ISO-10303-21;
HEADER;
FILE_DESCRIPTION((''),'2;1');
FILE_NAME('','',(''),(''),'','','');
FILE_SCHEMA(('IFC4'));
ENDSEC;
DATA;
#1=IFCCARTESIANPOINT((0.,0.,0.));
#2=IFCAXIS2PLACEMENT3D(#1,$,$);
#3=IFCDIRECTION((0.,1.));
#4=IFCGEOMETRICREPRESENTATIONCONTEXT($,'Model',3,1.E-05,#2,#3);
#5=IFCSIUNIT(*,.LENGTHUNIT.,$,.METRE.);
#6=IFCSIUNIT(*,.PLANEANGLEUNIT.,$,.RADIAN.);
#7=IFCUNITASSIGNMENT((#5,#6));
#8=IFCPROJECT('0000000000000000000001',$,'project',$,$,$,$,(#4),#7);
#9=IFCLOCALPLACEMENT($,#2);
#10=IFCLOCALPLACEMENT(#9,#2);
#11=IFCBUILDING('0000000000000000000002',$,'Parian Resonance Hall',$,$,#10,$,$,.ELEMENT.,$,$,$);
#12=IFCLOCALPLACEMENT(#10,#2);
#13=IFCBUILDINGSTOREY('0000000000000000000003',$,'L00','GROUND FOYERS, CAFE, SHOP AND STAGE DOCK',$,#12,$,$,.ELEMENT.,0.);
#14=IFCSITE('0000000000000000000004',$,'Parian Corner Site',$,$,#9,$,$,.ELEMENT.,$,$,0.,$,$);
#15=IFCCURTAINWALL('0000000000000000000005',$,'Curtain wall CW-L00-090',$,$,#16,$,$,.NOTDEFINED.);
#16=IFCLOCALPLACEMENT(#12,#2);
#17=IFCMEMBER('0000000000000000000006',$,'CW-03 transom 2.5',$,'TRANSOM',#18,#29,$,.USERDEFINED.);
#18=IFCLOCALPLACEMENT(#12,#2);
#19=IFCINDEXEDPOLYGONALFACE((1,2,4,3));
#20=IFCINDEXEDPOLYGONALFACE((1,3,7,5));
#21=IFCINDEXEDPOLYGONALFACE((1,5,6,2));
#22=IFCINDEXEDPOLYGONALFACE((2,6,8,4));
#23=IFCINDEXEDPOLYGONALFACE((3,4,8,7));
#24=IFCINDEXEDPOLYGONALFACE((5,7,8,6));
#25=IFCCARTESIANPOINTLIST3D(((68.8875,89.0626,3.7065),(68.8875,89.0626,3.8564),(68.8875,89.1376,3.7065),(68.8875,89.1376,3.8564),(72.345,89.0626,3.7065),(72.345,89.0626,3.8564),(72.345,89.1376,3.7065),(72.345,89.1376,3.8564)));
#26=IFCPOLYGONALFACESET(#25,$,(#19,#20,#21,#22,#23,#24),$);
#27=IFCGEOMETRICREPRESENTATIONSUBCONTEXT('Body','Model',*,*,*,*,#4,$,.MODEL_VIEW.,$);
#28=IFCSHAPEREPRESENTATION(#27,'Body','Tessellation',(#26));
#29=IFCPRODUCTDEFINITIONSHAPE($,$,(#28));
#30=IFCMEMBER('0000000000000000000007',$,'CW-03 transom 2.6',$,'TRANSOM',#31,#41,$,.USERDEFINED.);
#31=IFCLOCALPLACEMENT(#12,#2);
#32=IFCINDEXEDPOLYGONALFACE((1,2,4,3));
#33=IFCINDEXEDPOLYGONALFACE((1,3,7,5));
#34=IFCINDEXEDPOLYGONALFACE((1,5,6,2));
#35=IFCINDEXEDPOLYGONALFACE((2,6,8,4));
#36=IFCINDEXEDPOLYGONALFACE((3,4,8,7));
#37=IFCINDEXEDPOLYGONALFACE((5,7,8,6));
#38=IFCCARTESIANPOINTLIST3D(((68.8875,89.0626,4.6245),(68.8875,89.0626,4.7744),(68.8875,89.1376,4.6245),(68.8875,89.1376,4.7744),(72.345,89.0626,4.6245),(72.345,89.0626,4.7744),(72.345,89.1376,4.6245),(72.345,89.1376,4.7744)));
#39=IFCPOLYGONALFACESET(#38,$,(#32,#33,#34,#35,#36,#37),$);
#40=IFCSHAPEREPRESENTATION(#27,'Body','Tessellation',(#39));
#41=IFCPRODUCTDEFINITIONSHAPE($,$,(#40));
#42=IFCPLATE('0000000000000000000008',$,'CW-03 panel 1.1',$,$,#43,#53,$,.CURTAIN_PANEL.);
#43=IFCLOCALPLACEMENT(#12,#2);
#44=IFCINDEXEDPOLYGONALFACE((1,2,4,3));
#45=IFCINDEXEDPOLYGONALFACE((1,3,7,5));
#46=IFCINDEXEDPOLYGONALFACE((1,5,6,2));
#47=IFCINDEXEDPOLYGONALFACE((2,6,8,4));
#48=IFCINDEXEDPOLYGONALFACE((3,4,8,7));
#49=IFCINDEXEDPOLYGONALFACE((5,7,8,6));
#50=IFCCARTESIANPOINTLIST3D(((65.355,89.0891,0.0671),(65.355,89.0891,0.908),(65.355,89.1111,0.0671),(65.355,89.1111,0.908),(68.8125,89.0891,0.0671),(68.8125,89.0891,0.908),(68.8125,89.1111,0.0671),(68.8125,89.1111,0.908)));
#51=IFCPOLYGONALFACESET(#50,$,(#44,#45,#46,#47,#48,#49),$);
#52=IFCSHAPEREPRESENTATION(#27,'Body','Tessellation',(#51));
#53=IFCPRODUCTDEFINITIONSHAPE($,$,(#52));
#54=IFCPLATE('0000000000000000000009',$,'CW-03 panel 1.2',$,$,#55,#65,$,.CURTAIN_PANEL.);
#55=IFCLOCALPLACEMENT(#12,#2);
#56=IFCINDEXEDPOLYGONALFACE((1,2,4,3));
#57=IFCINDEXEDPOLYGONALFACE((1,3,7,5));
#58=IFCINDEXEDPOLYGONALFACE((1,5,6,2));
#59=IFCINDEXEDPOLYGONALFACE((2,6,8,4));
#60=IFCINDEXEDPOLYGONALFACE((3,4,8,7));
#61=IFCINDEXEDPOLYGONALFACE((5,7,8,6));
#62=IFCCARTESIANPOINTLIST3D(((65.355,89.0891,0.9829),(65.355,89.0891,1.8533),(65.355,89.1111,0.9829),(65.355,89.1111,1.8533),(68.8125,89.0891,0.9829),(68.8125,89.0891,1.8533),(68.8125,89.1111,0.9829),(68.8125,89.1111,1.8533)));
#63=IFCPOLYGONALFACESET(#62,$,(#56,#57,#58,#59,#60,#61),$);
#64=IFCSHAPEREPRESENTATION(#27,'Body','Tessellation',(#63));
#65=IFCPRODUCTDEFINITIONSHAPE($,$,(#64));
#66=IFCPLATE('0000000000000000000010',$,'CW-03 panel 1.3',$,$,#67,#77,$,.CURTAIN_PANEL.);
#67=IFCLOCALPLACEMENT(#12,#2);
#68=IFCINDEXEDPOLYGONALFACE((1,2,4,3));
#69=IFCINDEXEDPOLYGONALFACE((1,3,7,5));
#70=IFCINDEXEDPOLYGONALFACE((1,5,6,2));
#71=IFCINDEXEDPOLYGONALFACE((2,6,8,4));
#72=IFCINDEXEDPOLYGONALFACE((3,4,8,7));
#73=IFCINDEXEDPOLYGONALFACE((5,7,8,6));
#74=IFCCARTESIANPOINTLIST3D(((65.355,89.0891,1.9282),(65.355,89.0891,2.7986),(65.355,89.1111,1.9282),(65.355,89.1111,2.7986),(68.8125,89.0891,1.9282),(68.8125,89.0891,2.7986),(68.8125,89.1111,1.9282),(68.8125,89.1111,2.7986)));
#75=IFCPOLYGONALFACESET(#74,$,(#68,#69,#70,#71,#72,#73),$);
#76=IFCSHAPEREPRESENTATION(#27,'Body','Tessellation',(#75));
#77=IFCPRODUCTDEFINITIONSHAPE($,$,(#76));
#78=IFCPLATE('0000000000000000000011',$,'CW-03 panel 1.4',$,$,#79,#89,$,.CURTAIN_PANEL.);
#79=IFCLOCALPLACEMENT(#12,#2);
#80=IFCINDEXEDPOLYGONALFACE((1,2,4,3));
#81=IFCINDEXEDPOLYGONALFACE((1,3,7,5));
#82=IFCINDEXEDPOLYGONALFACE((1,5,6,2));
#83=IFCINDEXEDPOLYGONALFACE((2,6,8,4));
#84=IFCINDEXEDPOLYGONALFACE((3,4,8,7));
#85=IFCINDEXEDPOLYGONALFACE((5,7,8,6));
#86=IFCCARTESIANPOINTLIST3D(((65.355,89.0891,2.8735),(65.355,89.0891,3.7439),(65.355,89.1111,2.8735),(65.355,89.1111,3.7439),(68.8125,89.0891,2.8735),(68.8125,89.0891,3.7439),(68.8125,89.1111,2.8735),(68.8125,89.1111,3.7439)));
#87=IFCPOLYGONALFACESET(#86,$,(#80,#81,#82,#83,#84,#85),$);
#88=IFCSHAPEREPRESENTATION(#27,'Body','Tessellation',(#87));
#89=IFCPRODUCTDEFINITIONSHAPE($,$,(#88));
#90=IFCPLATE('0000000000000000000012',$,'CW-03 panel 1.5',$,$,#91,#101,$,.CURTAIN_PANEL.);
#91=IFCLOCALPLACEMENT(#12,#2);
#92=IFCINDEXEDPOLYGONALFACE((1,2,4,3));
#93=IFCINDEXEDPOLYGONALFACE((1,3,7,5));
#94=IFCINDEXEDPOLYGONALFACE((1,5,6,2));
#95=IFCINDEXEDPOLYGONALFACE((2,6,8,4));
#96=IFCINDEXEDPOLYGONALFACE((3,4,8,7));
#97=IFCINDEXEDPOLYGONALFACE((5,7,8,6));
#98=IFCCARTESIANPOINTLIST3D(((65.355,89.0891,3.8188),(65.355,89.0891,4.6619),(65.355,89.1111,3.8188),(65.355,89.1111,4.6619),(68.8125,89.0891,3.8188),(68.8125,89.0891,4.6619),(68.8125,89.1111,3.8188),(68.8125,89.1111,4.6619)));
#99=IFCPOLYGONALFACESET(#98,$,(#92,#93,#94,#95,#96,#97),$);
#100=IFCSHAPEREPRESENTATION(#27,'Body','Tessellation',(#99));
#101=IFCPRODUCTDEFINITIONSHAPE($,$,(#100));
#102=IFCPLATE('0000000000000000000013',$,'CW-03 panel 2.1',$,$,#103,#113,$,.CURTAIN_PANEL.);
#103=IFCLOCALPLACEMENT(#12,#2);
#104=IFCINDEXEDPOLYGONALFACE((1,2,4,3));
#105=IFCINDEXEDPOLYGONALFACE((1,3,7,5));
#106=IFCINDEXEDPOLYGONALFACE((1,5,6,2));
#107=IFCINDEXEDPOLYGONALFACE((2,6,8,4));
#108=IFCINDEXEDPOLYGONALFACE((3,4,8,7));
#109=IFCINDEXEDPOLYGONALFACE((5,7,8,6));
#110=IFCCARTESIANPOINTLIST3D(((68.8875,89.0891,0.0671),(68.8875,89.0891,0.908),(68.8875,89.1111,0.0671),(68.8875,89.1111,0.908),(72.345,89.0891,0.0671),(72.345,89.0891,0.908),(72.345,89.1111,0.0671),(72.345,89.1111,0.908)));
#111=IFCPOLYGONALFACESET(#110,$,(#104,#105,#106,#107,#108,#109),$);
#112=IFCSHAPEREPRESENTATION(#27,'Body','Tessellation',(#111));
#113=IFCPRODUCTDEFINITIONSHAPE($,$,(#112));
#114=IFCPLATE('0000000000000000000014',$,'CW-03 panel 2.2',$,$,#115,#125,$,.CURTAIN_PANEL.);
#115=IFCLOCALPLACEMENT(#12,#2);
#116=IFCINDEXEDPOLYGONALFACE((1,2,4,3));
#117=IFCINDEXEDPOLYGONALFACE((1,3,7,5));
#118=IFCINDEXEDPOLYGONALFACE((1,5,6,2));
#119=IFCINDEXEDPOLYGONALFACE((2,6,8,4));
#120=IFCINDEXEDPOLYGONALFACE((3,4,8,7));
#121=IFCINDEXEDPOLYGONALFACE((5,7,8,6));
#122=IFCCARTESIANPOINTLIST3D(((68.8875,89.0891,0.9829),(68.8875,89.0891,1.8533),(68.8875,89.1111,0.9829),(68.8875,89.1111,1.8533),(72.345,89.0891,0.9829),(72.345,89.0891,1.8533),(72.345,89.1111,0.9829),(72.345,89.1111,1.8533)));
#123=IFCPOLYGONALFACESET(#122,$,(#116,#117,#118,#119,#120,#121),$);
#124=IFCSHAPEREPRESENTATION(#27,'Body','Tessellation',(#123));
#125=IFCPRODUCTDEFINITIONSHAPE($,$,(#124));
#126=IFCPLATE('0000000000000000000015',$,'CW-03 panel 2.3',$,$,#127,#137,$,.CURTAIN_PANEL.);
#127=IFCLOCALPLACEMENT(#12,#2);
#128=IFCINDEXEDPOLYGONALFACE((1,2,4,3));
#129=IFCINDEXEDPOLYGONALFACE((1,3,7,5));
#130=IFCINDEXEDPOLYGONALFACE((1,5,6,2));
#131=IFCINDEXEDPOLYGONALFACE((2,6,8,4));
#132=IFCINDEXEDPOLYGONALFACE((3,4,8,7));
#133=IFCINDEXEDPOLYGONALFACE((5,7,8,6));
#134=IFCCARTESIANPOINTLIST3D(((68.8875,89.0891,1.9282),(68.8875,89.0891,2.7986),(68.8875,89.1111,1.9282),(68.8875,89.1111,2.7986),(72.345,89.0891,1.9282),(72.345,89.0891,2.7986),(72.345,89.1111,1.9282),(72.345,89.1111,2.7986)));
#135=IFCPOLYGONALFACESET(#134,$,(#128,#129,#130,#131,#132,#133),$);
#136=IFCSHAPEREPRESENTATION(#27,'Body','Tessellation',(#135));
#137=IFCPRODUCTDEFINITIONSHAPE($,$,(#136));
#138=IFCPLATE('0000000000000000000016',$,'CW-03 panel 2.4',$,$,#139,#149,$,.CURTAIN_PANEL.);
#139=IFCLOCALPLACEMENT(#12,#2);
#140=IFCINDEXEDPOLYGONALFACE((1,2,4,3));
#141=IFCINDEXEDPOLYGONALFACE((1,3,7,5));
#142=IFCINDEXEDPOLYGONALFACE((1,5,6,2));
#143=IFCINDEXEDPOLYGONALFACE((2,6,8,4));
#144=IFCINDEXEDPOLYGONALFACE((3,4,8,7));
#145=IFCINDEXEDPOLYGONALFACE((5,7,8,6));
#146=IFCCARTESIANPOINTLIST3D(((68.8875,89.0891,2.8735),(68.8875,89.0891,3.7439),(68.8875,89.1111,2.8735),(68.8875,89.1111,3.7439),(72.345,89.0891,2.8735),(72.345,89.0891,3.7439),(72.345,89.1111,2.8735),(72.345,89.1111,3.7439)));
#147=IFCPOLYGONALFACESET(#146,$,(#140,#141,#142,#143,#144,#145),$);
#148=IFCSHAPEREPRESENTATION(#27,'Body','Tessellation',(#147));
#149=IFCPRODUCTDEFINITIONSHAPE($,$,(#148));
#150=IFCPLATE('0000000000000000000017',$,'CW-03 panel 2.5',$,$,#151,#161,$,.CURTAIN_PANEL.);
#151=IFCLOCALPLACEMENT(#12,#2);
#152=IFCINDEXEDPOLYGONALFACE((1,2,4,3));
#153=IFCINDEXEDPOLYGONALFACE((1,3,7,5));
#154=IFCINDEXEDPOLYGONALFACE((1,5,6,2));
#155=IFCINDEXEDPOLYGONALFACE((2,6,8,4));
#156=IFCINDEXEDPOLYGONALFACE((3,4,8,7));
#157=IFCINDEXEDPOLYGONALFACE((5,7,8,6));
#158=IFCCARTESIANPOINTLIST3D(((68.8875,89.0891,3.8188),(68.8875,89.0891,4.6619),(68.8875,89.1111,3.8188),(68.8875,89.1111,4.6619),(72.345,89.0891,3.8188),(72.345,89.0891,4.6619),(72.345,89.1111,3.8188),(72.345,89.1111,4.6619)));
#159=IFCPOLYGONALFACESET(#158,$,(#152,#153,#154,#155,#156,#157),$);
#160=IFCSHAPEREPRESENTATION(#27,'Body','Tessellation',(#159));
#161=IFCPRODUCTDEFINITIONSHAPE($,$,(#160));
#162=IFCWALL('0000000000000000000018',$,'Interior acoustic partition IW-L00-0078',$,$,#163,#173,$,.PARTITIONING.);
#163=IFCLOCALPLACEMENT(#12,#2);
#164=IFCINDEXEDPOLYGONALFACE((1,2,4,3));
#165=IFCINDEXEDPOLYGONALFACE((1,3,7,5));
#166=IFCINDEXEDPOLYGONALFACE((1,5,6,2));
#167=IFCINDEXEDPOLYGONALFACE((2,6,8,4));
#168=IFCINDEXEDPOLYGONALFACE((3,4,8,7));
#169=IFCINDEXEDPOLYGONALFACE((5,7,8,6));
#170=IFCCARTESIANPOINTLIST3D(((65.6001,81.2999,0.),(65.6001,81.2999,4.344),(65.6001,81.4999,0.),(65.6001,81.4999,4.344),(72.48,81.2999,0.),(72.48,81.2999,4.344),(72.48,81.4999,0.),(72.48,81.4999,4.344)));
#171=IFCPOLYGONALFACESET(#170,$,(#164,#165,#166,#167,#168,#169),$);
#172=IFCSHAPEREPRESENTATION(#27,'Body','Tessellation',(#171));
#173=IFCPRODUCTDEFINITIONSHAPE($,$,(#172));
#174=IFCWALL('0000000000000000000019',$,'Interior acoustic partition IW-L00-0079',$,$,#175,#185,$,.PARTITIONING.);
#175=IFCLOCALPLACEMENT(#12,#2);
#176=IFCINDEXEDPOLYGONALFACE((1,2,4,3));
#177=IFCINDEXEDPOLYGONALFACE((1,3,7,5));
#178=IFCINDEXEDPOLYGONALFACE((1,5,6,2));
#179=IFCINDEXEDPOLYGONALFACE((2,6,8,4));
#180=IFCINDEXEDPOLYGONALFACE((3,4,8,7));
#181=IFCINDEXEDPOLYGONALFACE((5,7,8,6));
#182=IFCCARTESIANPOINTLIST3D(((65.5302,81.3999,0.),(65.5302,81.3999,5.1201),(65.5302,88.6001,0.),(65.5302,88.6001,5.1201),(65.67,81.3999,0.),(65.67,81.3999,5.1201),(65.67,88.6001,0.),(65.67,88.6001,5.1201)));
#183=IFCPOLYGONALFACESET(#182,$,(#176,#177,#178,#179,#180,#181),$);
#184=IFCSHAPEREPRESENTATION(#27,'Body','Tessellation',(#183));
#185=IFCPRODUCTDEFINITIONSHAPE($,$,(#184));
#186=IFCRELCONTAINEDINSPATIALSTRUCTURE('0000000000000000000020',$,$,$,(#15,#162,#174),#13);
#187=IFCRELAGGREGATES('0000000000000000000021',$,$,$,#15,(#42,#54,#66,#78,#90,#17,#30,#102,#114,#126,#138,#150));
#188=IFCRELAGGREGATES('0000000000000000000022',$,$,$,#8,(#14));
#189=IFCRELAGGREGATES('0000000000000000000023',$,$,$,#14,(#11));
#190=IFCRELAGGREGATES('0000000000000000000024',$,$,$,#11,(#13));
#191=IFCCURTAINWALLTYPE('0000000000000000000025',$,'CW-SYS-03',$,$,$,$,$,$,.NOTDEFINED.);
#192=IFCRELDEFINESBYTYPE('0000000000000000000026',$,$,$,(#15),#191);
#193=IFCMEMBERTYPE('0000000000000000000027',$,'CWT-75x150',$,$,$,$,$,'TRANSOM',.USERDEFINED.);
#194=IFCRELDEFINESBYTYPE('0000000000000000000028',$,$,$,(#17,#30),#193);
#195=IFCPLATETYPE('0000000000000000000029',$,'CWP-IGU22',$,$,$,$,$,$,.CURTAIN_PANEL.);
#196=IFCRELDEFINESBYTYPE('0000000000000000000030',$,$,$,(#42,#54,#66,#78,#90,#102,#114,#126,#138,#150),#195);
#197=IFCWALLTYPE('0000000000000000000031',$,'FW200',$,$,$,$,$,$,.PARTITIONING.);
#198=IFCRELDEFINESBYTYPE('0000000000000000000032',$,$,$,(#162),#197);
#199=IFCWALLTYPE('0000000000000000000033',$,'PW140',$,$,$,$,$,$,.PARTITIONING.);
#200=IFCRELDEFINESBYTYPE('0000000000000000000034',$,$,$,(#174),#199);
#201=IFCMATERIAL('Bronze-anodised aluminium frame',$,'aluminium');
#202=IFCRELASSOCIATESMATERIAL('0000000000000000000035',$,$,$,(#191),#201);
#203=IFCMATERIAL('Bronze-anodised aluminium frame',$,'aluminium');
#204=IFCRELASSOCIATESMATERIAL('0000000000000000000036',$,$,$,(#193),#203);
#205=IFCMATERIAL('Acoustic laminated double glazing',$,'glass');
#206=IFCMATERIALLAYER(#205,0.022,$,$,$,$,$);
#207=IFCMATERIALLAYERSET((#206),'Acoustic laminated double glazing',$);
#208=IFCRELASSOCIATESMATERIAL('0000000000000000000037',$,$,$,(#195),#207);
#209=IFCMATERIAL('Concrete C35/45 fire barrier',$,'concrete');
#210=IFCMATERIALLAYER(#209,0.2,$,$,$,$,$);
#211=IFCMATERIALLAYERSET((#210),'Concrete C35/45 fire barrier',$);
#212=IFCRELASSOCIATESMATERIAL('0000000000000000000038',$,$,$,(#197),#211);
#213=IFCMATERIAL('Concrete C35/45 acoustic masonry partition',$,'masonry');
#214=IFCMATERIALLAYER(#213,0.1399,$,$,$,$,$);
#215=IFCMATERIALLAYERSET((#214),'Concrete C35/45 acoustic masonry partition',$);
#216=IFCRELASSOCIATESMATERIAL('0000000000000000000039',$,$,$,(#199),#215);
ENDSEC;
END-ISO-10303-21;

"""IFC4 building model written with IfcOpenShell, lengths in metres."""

from ifc_helpers import new_model, si_unit, direction, frame, frame_2d, origin, origin_2d, place, context, subcontext, project, spatial, rectangle, extrude, material, layer, layer_set, material_profile, profile_set, type_object, element, aggregate, save


model = new_model("IFC4")

# Units and contexts
model_context = context("Model", 3, precision=1e-05, world=origin(), true_north=direction((0.0, 1.0)))
body_context = subcontext(model_context, "Body", "Model", "MODEL_VIEW")
ifc_project = project(units=[si_unit("LENGTHUNIT", "METRE"), si_unit("PLANEANGLEUNIT", "RADIAN")], contexts=[model_context])

# Site, building, storey
site_placement = place(None, origin())
site = spatial("IfcSite", under=ifc_project, at=site_placement, Name="Parian Corner Site", CompositionType="ELEMENT", RefElevation=0.0)
building_placement = place(site_placement, origin())
building = spatial("IfcBuilding", under=site, at=building_placement, Name="Parian Resonance Hall", CompositionType="ELEMENT")
storey_placement = place(building_placement, origin())
storey = spatial("IfcBuildingStorey", under=building, at=storey_placement, Name="L00", Description="GROUND FOYERS, CAFE, SHOP AND STAGE DOCK", CompositionType="ELEMENT", Elevation=0.0)

# Curtain wall, members, plates
ifc_material_1 = material(Name="Bronze-anodised aluminium frame", Category="aluminium")
curtain_wall_type = type_object("IfcCurtainWallType", Name="CW-SYS-03", PredefinedType="NOTDEFINED", material=ifc_material_1)
curtain_wall_placement = place(storey_placement, origin())
curtain_wall = element("IfcCurtainWall", 1, at=curtain_wall_placement, inside=storey, type_object=curtain_wall_type, Name="Curtain wall CW-L00-090", PredefinedType="NOTDEFINED")
ifc_material_2 = material(Name="Bronze-anodised aluminium frame", Category="aluminium")
ifc_material_profile_1 = material_profile(ifc_material_2, rectangle(XDim=0.075, YDim=0.1499, at=origin_2d()), Name="CWT-75x150")
ifc_profile_set_1 = profile_set([ifc_material_profile_1], Name="Bronze-anodised aluminium frame")
member_type_1 = type_object("IfcMemberType", Name="CWT-75x150", ElementType="TRANSOM", PredefinedType="USERDEFINED", material=ifc_profile_set_1)
member_1_placement = place(storey_placement, frame((68.8875, 89.1001, 3.7815), z_axis=(1.0, 0.0, 0.0), x_axis=(0.0, 1.0, 0.0)))
member_1 = element("IfcMember", 2, at=member_1_placement, type_object=member_type_1, Name="CW-03 transom 2.5", ObjectType="TRANSOM", PredefinedType="USERDEFINED", context=body_context, shape_type="SweptSolid", body=[
    extrude(rectangle(XDim=0.075, YDim=0.1499, at=origin_2d()), origin(), (0.0, 0.0, 1.0), 3.4575),
])
member_2_placement = place(storey_placement, frame((68.8875, 89.1001, 4.6995), z_axis=(1.0, 0.0, 0.0), x_axis=(0.0, 1.0, 0.0)))
member_2 = element("IfcMember", 3, at=member_2_placement, type_object=member_type_1, Name="CW-03 transom 2.6", ObjectType="TRANSOM", PredefinedType="USERDEFINED", context=body_context, shape_type="SweptSolid", body=[
    extrude(rectangle(XDim=0.075, YDim=0.1499, at=origin_2d()), origin(), (0.0, 0.0, 1.0), 3.4575),
])
ifc_material_3 = material(Name="Acoustic laminated double glazing", Category="glass")
ifc_layer_1 = layer(ifc_material_3, 0.022)
ifc_layer_set_1 = layer_set([ifc_layer_1], Name="Acoustic laminated double glazing")
plate_type = type_object("IfcPlateType", Name="CWP-IGU22", PredefinedType="CURTAIN_PANEL", material=ifc_layer_set_1)
plate_1_placement = place(storey_placement, frame((67.0837, 89.1001, 0.0671), z_axis=(0.0, 0.0, 1.0), x_axis=(1.0, 0.0, 0.0)))
plate_1 = element("IfcPlate", 4, at=plate_1_placement, type_object=plate_type, Name="CW-03 panel 1.1", PredefinedType="CURTAIN_PANEL", context=body_context, shape_type="SweptSolid", body=[
    extrude(rectangle(XDim=3.4575, YDim=0.022, at=origin_2d()), origin(), (0.0, 0.0, 1.0), 0.8408),
])
plate_2_placement = place(storey_placement, frame((67.0837, 89.1001, 0.9829), z_axis=(0.0, 0.0, 1.0), x_axis=(1.0, 0.0, 0.0)))
plate_2 = element("IfcPlate", 5, at=plate_2_placement, type_object=plate_type, Name="CW-03 panel 1.2", PredefinedType="CURTAIN_PANEL", context=body_context, shape_type="SweptSolid", body=[
    extrude(rectangle(XDim=3.4575, YDim=0.022, at=origin_2d()), origin(), (0.0, 0.0, 1.0), 0.8704),
])
plate_3_placement = place(storey_placement, frame((67.0837, 89.1001, 1.9282), z_axis=(0.0, 0.0, 1.0), x_axis=(1.0, 0.0, 0.0)))
plate_3 = element("IfcPlate", 6, at=plate_3_placement, type_object=plate_type, Name="CW-03 panel 1.3", PredefinedType="CURTAIN_PANEL", context=body_context, shape_type="SweptSolid", body=[
    extrude(rectangle(XDim=3.4575, YDim=0.022, at=origin_2d()), origin(), (0.0, 0.0, 1.0), 0.8704),
])
plate_4_placement = place(storey_placement, frame((67.0837, 89.1001, 2.8735), z_axis=(0.0, 0.0, 1.0), x_axis=(1.0, 0.0, 0.0)))
plate_4 = element("IfcPlate", 7, at=plate_4_placement, type_object=plate_type, Name="CW-03 panel 1.4", PredefinedType="CURTAIN_PANEL", context=body_context, shape_type="SweptSolid", body=[
    extrude(rectangle(XDim=3.4575, YDim=0.022, at=origin_2d()), origin(), (0.0, 0.0, 1.0), 0.8704),
])
plate_5_placement = place(storey_placement, frame((67.0837, 89.1001, 3.8188), z_axis=(0.0, 0.0, 1.0), x_axis=(1.0, 0.0, 0.0)))
plate_5 = element("IfcPlate", 8, at=plate_5_placement, type_object=plate_type, Name="CW-03 panel 1.5", PredefinedType="CURTAIN_PANEL", context=body_context, shape_type="SweptSolid", body=[
    extrude(rectangle(XDim=3.4575, YDim=0.022, at=origin_2d()), origin(), (0.0, 0.0, 1.0), 0.843),
])
plate_6_placement = place(storey_placement, frame((70.6162, 89.1001, 0.0671), z_axis=(0.0, 0.0, 1.0), x_axis=(1.0, 0.0, 0.0)))
plate_6 = element("IfcPlate", 9, at=plate_6_placement, type_object=plate_type, Name="CW-03 panel 2.1", PredefinedType="CURTAIN_PANEL", context=body_context, shape_type="SweptSolid", body=[
    extrude(rectangle(XDim=3.4575, YDim=0.022, at=origin_2d()), origin(), (0.0, 0.0, 1.0), 0.8408),
])
plate_7_placement = place(storey_placement, frame((70.6162, 89.1001, 0.9829), z_axis=(0.0, 0.0, 1.0), x_axis=(1.0, 0.0, 0.0)))
plate_7 = element("IfcPlate", 10, at=plate_7_placement, type_object=plate_type, Name="CW-03 panel 2.2", PredefinedType="CURTAIN_PANEL", context=body_context, shape_type="SweptSolid", body=[
    extrude(rectangle(XDim=3.4575, YDim=0.022, at=origin_2d()), origin(), (0.0, 0.0, 1.0), 0.8704),
])
plate_8_placement = place(storey_placement, frame((70.6162, 89.1001, 1.9282), z_axis=(0.0, 0.0, 1.0), x_axis=(1.0, 0.0, 0.0)))
plate_8 = element("IfcPlate", 11, at=plate_8_placement, type_object=plate_type, Name="CW-03 panel 2.3", PredefinedType="CURTAIN_PANEL", context=body_context, shape_type="SweptSolid", body=[
    extrude(rectangle(XDim=3.4575, YDim=0.022, at=origin_2d()), origin(), (0.0, 0.0, 1.0), 0.8704),
])
plate_9_placement = place(storey_placement, frame((70.6162, 89.1001, 2.8735), z_axis=(0.0, 0.0, 1.0), x_axis=(1.0, 0.0, 0.0)))
plate_9 = element("IfcPlate", 12, at=plate_9_placement, type_object=plate_type, Name="CW-03 panel 2.4", PredefinedType="CURTAIN_PANEL", context=body_context, shape_type="SweptSolid", body=[
    extrude(rectangle(XDim=3.4575, YDim=0.022, at=origin_2d()), origin(), (0.0, 0.0, 1.0), 0.8704),
])
plate_10_placement = place(storey_placement, frame((70.6162, 89.1001, 3.8188), z_axis=(0.0, 0.0, 1.0), x_axis=(1.0, 0.0, 0.0)))
plate_10 = element("IfcPlate", 13, at=plate_10_placement, type_object=plate_type, Name="CW-03 panel 2.5", PredefinedType="CURTAIN_PANEL", context=body_context, shape_type="SweptSolid", body=[
    extrude(rectangle(XDim=3.4575, YDim=0.022, at=origin_2d()), origin(), (0.0, 0.0, 1.0), 0.843),
])
aggregate(curtain_wall, [plate_1, plate_2, plate_3, plate_4, plate_5, member_1, member_2, plate_6, plate_7, plate_8, plate_9, plate_10])

# Walls
ifc_material_4 = material(Name="Concrete C35/45 fire barrier", Category="concrete")
ifc_layer_2 = layer(ifc_material_4, 0.2)
ifc_layer_set_2 = layer_set([ifc_layer_2], Name="Concrete C35/45 fire barrier")
wall_type_1 = type_object("IfcWallType", Name="FW200", PredefinedType="PARTITIONING", material=ifc_layer_set_2)
wall_1_placement = place(storey_placement, frame((72.48, 81.3999, 0.0), z_axis=(0.0, 0.0, 1.0), x_axis=(-1.0, 0.0, 0.0)))
element("IfcWall", 14, at=wall_1_placement, inside=storey, type_object=wall_type_1, Name="Interior acoustic partition IW-L00-0078", PredefinedType="PARTITIONING", context=body_context, shape_type="SweptSolid", body=[
    extrude(rectangle(XDim=6.8799, YDim=0.2, at=frame_2d((3.4399, 0.0))), origin(), (0.0, 0.0, 1.0), 4.344),
])
ifc_material_5 = material(Name="Concrete C35/45 acoustic masonry partition", Category="masonry")
ifc_layer_3 = layer(ifc_material_5, 0.1399)
ifc_layer_set_3 = layer_set([ifc_layer_3], Name="Concrete C35/45 acoustic masonry partition")
wall_type_2 = type_object("IfcWallType", Name="PW140", PredefinedType="PARTITIONING", material=ifc_layer_set_3)
wall_2_placement = place(storey_placement, frame((65.6001, 81.3999, 0.0), z_axis=(0.0, 0.0, 1.0), x_axis=(0.0, 1.0, 0.0)))
element("IfcWall", 15, at=wall_2_placement, inside=storey, type_object=wall_type_2, Name="Interior acoustic partition IW-L00-0079", PredefinedType="PARTITIONING", context=body_context, shape_type="SweptSolid", body=[
    extrude(rectangle(XDim=7.2002, YDim=0.1399, at=frame_2d((3.6001, 0.0))), origin(), (0.0, 0.0, 1.0), 5.1201),
])

save(model, "model.ifc")
